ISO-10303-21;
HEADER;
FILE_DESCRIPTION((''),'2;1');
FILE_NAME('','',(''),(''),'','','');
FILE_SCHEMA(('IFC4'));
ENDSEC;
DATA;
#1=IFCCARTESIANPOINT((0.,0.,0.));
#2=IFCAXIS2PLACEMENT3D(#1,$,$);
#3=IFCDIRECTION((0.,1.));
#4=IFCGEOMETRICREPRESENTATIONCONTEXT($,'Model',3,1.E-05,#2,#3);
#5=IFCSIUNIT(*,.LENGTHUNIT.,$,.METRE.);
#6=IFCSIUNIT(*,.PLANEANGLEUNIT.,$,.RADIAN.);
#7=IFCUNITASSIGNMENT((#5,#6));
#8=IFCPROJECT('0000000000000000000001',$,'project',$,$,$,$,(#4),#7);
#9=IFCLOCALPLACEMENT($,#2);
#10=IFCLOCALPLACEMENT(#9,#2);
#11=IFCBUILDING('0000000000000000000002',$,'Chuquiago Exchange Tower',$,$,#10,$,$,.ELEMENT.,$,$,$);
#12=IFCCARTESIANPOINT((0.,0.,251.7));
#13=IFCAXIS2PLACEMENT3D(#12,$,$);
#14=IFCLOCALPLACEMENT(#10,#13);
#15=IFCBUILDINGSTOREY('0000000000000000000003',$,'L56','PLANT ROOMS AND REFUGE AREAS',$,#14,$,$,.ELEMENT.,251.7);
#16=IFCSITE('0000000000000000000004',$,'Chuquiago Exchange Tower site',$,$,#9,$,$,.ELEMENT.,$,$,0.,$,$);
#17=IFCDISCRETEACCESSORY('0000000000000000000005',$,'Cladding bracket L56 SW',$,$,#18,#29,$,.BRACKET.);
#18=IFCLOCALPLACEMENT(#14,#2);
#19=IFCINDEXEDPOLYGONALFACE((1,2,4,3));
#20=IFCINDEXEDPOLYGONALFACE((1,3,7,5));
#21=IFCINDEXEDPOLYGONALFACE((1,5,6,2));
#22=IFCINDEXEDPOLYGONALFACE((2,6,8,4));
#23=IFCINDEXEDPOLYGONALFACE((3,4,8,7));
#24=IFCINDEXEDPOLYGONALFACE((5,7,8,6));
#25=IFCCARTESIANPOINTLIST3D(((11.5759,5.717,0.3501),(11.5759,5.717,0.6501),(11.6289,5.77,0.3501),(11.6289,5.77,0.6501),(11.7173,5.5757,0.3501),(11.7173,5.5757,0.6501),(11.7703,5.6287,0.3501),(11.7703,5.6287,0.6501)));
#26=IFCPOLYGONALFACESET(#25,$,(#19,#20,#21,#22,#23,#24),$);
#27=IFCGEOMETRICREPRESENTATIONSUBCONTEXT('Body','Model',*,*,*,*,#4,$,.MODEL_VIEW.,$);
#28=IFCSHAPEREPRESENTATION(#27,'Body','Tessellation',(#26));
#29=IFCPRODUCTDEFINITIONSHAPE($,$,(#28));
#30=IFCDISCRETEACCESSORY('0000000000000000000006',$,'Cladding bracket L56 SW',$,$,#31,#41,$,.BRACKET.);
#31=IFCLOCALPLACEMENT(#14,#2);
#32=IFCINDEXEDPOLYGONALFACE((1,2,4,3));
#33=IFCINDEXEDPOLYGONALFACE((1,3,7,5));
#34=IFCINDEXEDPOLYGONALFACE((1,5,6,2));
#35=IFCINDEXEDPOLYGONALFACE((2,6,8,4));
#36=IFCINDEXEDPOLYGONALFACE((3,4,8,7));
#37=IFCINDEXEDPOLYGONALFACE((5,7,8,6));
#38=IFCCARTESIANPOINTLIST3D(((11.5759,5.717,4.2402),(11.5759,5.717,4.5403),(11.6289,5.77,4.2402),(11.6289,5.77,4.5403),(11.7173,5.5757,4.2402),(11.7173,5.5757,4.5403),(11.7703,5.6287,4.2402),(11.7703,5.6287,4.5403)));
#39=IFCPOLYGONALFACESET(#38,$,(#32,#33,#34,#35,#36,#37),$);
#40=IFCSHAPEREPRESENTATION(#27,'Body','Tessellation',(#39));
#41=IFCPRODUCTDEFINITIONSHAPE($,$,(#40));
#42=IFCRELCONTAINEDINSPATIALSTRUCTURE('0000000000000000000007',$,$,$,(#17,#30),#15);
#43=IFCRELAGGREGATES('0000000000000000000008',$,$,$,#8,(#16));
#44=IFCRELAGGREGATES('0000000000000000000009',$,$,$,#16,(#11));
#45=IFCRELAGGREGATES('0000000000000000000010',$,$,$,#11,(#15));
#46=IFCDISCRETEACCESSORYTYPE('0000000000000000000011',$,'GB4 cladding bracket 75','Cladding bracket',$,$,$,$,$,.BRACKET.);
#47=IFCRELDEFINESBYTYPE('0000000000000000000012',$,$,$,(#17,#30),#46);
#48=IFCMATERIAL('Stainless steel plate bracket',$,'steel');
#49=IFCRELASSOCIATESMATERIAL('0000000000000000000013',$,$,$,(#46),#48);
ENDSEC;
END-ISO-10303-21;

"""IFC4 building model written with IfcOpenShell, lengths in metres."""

from ifc_helpers import new_model, si_unit, direction, frame, origin, origin_2d, place, context, subcontext, project, spatial, rectangle, extrude, material, type_object, element, save


model = new_model("IFC4")

# Units and contexts
model_context = context("Model", 3, precision=1e-05, world=origin(), true_north=direction((0.0, 1.0)))
body_context = subcontext(model_context, "Body", "Model", "MODEL_VIEW")
ifc_project = project(units=[si_unit("LENGTHUNIT", "METRE"), si_unit("PLANEANGLEUNIT", "RADIAN")], contexts=[model_context])

# Site, building, storey
site_placement = place(None, origin())
site = spatial("IfcSite", under=ifc_project, at=site_placement, Name="Chuquiago Exchange Tower site", CompositionType="ELEMENT", RefElevation=0.0)
building_placement = place(site_placement, origin())
building = spatial("IfcBuilding", under=site, at=building_placement, Name="Chuquiago Exchange Tower", CompositionType="ELEMENT")
storey_placement = place(building_placement, frame((0.0, 0.0, 251.7)))
storey = spatial("IfcBuildingStorey", under=building, at=storey_placement, Name="L56", Description="PLANT ROOMS AND REFUGE AREAS", CompositionType="ELEMENT", Elevation=251.7)

# Discrete accessories
ifc_material_1 = material(Name="Stainless steel plate bracket", Category="steel")
discrete_accessory_type = type_object("IfcDiscreteAccessoryType", Name="GB4 cladding bracket 75", Description="Cladding bracket", PredefinedType="BRACKET", material=ifc_material_1)
for number, where, z_axis, x_axis, name in (
    (1, (11.6731, 5.6729, 0.3501), (0.0, 0.0, 1.0), (0.707107, -0.707107, 0.0), "Cladding bracket L56 SW"),
    (2, (11.6731, 5.6729, 4.2402), (0.0, 0.0, 1.0), (0.707107, -0.707107, 0.0), "Cladding bracket L56 SW"),
):
    element("IfcDiscreteAccessory", number, at=place(storey_placement, frame(where, z_axis=z_axis, x_axis=x_axis)), inside=storey, type_object=discrete_accessory_type, Name=name, PredefinedType="BRACKET", context=body_context, shape_type="SweptSolid", body=[
        extrude(rectangle(XDim=0.2, YDim=0.075, at=origin_2d()), origin(), (0.0, 0.0, 1.0), 0.3),
    ])

save(model, "model.ifc")
